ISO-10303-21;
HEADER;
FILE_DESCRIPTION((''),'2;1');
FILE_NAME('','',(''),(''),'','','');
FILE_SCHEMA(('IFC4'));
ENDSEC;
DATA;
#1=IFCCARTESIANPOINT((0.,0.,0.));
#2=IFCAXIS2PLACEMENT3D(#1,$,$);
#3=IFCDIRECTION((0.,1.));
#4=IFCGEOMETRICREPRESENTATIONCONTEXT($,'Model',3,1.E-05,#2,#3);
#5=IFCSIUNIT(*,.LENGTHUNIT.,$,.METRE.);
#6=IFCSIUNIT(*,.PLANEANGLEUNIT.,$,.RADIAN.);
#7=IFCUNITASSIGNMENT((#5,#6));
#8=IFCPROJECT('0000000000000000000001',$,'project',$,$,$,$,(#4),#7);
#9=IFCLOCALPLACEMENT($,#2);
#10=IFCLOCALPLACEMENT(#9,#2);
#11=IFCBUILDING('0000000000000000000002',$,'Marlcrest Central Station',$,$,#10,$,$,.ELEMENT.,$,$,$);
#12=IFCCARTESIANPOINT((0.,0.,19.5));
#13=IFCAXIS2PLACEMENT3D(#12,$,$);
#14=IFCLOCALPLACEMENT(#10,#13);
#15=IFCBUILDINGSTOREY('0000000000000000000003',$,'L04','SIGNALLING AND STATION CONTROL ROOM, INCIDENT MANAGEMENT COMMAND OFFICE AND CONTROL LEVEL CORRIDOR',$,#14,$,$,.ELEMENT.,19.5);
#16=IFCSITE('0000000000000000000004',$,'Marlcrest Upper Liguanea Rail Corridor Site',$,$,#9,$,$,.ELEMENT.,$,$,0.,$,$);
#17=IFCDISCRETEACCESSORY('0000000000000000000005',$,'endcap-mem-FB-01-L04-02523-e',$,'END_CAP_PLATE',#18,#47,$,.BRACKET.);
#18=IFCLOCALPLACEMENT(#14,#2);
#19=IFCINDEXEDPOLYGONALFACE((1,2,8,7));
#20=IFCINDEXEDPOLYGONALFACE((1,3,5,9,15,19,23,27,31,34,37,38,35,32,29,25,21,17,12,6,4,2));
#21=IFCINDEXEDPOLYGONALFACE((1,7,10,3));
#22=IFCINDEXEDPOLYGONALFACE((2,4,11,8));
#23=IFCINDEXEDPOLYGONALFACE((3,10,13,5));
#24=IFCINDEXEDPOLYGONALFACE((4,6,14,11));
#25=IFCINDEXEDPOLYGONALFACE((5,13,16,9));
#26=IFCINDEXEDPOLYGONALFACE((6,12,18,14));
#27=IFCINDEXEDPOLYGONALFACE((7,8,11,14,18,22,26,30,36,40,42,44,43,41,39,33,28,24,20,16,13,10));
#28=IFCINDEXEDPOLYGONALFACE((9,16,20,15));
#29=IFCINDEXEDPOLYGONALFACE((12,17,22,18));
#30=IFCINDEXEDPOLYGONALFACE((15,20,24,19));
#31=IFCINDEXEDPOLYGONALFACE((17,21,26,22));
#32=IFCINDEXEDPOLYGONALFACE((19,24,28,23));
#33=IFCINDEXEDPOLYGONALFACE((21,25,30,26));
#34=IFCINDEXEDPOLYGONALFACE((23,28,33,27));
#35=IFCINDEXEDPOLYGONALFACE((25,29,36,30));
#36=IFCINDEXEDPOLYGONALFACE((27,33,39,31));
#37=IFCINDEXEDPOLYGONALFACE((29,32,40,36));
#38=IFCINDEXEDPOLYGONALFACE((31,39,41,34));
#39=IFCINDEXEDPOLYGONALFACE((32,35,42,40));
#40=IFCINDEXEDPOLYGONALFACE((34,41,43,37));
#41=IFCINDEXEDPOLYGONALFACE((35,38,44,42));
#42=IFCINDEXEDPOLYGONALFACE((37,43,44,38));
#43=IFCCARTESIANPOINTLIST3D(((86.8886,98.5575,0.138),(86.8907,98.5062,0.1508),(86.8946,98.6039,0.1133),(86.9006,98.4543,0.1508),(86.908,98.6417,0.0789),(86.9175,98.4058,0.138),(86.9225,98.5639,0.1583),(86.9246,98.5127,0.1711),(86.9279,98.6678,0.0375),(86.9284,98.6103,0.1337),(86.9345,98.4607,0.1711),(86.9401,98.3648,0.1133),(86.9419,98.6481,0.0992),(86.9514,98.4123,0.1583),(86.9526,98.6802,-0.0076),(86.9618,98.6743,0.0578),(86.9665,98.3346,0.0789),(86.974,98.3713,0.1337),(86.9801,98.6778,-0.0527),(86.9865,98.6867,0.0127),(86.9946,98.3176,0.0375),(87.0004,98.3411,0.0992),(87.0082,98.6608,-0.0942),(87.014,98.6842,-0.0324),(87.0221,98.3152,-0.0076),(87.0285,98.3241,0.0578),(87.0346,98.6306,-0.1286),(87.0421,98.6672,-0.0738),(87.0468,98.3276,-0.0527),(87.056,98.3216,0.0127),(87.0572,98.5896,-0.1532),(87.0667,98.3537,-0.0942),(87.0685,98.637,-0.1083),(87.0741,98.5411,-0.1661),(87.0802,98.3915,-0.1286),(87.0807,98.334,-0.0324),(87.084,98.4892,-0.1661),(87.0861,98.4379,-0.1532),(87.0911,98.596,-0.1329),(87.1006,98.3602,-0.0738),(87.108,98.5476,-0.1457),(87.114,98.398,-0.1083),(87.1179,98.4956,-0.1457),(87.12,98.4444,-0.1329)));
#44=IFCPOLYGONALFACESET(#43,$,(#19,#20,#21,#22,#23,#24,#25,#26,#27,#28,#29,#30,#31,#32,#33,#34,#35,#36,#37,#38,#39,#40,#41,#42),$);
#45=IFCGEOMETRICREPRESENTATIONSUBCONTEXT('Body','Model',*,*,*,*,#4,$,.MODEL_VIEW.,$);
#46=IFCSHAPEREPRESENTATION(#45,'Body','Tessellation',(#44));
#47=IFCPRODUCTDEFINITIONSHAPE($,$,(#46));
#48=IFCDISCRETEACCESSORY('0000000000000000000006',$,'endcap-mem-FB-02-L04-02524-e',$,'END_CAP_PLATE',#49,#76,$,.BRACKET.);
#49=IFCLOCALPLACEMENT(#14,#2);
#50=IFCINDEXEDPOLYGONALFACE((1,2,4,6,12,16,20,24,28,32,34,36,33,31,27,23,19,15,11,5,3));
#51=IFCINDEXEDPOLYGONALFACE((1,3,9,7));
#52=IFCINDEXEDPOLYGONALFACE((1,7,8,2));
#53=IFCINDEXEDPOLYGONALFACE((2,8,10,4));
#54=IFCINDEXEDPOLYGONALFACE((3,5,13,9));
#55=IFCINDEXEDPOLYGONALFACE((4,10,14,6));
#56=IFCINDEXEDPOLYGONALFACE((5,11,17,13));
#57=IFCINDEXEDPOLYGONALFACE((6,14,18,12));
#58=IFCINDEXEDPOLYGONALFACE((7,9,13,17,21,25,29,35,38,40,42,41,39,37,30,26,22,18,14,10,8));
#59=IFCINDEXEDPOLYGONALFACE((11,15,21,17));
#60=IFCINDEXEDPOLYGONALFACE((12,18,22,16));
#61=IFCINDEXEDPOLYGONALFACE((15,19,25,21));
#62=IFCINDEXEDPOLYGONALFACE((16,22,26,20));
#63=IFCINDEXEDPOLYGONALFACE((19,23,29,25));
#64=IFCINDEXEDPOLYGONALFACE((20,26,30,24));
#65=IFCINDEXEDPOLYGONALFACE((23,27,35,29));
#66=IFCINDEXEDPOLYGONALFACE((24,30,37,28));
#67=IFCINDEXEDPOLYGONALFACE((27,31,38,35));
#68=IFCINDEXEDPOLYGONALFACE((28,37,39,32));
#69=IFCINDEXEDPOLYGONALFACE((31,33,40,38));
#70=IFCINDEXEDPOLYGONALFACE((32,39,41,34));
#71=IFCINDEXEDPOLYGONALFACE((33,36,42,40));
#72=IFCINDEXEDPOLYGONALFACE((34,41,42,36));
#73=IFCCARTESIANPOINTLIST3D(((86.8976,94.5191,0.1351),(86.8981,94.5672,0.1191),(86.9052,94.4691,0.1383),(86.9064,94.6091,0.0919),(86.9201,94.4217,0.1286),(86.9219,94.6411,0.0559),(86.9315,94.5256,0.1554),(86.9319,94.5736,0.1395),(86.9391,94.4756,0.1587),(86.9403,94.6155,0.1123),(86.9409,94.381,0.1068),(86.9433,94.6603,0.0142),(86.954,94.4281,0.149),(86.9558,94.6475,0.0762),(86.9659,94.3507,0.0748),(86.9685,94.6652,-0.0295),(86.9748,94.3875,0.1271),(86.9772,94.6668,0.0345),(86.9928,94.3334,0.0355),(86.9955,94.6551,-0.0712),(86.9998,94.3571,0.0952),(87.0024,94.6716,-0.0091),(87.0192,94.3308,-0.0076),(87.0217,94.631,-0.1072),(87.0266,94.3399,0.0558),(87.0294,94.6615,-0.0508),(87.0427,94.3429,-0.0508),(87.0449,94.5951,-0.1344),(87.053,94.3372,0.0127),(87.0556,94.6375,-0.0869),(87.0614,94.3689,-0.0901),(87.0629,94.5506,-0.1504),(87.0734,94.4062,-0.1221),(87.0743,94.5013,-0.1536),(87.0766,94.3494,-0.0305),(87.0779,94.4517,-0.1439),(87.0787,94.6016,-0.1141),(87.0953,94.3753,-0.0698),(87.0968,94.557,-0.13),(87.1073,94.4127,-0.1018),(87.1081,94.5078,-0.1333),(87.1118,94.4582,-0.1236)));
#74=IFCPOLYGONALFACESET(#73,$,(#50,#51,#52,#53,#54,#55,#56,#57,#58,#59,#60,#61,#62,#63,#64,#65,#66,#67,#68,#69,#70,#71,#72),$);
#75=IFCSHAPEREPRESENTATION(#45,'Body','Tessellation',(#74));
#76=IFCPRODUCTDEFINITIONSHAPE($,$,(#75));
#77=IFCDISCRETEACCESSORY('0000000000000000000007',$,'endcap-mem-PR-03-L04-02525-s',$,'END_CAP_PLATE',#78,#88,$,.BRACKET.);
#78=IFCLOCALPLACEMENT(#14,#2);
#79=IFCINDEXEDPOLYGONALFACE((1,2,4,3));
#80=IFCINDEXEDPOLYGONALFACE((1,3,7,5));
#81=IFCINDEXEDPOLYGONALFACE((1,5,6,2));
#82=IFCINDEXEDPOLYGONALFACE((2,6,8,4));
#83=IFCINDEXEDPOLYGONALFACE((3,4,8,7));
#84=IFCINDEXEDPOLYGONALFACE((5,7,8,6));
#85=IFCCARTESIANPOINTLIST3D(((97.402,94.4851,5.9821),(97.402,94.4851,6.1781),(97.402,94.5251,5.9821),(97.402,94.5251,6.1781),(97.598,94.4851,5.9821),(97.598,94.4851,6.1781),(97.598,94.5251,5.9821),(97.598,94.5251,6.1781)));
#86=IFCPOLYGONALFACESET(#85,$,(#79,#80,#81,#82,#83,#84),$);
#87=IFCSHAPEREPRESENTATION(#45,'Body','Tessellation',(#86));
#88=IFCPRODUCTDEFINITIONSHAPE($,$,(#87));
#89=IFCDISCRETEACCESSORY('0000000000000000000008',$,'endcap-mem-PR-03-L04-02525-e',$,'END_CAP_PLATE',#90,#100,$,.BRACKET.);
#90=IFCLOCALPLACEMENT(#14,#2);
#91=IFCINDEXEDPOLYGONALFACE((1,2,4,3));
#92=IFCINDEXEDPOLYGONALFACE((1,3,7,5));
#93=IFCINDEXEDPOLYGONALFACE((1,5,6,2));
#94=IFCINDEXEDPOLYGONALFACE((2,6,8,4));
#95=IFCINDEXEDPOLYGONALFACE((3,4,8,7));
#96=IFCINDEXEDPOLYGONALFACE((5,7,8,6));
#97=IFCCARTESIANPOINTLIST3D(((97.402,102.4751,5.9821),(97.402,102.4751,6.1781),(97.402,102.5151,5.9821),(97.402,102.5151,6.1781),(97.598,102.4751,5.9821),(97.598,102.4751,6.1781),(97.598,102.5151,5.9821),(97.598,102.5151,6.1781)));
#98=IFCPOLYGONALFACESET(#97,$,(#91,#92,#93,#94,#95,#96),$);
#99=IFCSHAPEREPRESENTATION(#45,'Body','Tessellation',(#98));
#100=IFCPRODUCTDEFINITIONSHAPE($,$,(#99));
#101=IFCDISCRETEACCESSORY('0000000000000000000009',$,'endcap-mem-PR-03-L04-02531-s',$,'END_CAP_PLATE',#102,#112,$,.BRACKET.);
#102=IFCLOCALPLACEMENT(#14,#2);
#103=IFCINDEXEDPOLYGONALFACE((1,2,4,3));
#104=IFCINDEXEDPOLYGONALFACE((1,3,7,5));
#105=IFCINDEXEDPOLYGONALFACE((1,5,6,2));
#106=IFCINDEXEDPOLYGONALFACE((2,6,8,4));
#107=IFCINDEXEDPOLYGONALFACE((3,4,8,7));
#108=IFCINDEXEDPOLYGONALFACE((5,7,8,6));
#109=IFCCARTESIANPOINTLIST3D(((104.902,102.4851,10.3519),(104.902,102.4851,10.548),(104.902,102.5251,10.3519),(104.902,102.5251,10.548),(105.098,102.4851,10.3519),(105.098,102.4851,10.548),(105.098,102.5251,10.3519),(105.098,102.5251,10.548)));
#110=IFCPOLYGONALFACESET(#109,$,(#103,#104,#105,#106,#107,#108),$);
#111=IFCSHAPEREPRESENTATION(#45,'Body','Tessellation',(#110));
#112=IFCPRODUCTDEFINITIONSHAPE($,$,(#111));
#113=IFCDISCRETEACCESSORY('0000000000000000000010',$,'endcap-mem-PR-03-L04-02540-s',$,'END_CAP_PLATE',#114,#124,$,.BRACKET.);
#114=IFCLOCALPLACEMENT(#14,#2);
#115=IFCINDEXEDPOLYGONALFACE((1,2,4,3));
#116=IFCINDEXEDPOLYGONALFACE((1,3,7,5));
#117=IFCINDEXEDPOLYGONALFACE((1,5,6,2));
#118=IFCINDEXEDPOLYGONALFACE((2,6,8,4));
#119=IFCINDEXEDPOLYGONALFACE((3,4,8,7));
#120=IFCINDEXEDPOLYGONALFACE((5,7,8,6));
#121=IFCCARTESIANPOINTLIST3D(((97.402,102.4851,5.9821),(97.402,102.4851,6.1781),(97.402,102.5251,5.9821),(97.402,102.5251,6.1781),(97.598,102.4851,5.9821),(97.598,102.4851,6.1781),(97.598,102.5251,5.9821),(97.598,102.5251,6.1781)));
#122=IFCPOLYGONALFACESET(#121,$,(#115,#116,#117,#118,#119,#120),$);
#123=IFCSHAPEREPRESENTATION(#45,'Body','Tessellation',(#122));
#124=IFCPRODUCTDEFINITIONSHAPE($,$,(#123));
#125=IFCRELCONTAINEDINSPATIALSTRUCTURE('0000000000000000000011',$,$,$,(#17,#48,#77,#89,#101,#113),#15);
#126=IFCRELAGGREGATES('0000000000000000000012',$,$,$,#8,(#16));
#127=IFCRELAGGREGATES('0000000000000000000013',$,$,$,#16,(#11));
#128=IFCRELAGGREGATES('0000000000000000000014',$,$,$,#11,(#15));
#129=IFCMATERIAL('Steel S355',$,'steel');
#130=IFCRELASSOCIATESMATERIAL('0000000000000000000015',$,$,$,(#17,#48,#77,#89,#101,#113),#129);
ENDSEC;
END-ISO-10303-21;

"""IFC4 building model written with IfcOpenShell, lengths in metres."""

from ifc_helpers import new_model, si_unit, direction, frame, origin, origin_2d, place, context, subcontext, project, spatial, rectangle, circle, extrude, material, element, save


model = new_model("IFC4")

# Units and contexts
model_context = context("Model", 3, precision=1e-05, world=origin(), true_north=direction((0.0, 1.0)))
body_context = subcontext(model_context, "Body", "Model", "MODEL_VIEW")
ifc_project = project(units=[si_unit("LENGTHUNIT", "METRE"), si_unit("PLANEANGLEUNIT", "RADIAN")], contexts=[model_context])

# Site, building, storey
site_placement = place(None, origin())
site = spatial("IfcSite", under=ifc_project, at=site_placement, Name="Marlcrest Upper Liguanea Rail Corridor Site", CompositionType="ELEMENT", RefElevation=0.0)
building_placement = place(site_placement, origin())
building = spatial("IfcBuilding", under=site, at=building_placement, Name="Marlcrest Central Station", CompositionType="ELEMENT")
storey_placement = place(building_placement, frame((0.0, 0.0, 19.5)))
storey = spatial("IfcBuildingStorey", under=building, at=storey_placement, Name="L04", Description="SIGNALLING AND STATION CONTROL ROOM, INCIDENT MANAGEMENT COMMAND OFFICE AND CONTROL LEVEL CORRIDOR", CompositionType="ELEMENT", Elevation=19.5)

# Shared definitions
ifc_material_1 = material(Name="Steel S355", Category="steel")

# Discrete accessories
for number, where, z_axis, x_axis, name in (
    (1, (87.0212, 98.5042, 0.0127), (-0.846277, -0.161196, -0.50777), (0.187112, -0.982339, 0.0), "endcap-mem-FB-01-L04-02523-e"),
):
    element("IfcDiscreteAccessory", number, at=place(storey_placement, frame(where, z_axis=z_axis, x_axis=x_axis)), inside=storey, material=ifc_material_1, Name=name, ObjectType="END_CAP_PLATE", PredefinedType="BRACKET", context=body_context, shape_type="SweptSolid", body=[
        extrude(circle(Radius=0.1858, at=origin_2d()), origin(), (0.0, 0.0, 1.0), 0.04),
    ])
discrete_accessory_1_placement = place(storey_placement, frame((87.0212, 94.5042, 0.0127), z_axis=(-0.846277, -0.161196, -0.50777), x_axis=(0.187112, -0.982339, 0.0)))
element("IfcDiscreteAccessory", 2, at=discrete_accessory_1_placement, inside=storey, material=ifc_material_1, Name="endcap-mem-FB-02-L04-02524-e", ObjectType="END_CAP_PLATE", PredefinedType="BRACKET", context=body_context, shape_type="SweptSolid", body=[
    extrude(circle(Radius=0.1699, at=origin_2d()), origin(), (0.0, 0.0, 1.0), 0.04),
])
for number, where, z_axis, x_axis, name in (
    (3, (97.5, 94.4851, 6.0801), (0.0, 1.0, 0.0), (-1.0, 0.0, 0.0), "endcap-mem-PR-03-L04-02525-s"),
    (4, (97.5, 102.4751, 6.0801), (0.0, 1.0, 0.0), (-1.0, 0.0, 0.0), "endcap-mem-PR-03-L04-02525-e"),
    (5, (105.0, 102.4851, 10.45), (0.0, 1.0, 0.0), (-1.0, 0.0, 0.0), "endcap-mem-PR-03-L04-02531-s"),
    (6, (97.5, 102.4851, 6.0801), (0.0, 1.0, 0.0), (-1.0, 0.0, 0.0), "endcap-mem-PR-03-L04-02540-s"),
):
    element("IfcDiscreteAccessory", number, at=place(storey_placement, frame(where, z_axis=z_axis, x_axis=x_axis)), inside=storey, material=ifc_material_1, Name=name, ObjectType="END_CAP_PLATE", PredefinedType="BRACKET", context=body_context, shape_type="SweptSolid", body=[
        extrude(rectangle(XDim=0.196, YDim=0.196, at=origin_2d()), origin(), (0.0, 0.0, 1.0), 0.04),
    ])

save(model, "model.ifc")
